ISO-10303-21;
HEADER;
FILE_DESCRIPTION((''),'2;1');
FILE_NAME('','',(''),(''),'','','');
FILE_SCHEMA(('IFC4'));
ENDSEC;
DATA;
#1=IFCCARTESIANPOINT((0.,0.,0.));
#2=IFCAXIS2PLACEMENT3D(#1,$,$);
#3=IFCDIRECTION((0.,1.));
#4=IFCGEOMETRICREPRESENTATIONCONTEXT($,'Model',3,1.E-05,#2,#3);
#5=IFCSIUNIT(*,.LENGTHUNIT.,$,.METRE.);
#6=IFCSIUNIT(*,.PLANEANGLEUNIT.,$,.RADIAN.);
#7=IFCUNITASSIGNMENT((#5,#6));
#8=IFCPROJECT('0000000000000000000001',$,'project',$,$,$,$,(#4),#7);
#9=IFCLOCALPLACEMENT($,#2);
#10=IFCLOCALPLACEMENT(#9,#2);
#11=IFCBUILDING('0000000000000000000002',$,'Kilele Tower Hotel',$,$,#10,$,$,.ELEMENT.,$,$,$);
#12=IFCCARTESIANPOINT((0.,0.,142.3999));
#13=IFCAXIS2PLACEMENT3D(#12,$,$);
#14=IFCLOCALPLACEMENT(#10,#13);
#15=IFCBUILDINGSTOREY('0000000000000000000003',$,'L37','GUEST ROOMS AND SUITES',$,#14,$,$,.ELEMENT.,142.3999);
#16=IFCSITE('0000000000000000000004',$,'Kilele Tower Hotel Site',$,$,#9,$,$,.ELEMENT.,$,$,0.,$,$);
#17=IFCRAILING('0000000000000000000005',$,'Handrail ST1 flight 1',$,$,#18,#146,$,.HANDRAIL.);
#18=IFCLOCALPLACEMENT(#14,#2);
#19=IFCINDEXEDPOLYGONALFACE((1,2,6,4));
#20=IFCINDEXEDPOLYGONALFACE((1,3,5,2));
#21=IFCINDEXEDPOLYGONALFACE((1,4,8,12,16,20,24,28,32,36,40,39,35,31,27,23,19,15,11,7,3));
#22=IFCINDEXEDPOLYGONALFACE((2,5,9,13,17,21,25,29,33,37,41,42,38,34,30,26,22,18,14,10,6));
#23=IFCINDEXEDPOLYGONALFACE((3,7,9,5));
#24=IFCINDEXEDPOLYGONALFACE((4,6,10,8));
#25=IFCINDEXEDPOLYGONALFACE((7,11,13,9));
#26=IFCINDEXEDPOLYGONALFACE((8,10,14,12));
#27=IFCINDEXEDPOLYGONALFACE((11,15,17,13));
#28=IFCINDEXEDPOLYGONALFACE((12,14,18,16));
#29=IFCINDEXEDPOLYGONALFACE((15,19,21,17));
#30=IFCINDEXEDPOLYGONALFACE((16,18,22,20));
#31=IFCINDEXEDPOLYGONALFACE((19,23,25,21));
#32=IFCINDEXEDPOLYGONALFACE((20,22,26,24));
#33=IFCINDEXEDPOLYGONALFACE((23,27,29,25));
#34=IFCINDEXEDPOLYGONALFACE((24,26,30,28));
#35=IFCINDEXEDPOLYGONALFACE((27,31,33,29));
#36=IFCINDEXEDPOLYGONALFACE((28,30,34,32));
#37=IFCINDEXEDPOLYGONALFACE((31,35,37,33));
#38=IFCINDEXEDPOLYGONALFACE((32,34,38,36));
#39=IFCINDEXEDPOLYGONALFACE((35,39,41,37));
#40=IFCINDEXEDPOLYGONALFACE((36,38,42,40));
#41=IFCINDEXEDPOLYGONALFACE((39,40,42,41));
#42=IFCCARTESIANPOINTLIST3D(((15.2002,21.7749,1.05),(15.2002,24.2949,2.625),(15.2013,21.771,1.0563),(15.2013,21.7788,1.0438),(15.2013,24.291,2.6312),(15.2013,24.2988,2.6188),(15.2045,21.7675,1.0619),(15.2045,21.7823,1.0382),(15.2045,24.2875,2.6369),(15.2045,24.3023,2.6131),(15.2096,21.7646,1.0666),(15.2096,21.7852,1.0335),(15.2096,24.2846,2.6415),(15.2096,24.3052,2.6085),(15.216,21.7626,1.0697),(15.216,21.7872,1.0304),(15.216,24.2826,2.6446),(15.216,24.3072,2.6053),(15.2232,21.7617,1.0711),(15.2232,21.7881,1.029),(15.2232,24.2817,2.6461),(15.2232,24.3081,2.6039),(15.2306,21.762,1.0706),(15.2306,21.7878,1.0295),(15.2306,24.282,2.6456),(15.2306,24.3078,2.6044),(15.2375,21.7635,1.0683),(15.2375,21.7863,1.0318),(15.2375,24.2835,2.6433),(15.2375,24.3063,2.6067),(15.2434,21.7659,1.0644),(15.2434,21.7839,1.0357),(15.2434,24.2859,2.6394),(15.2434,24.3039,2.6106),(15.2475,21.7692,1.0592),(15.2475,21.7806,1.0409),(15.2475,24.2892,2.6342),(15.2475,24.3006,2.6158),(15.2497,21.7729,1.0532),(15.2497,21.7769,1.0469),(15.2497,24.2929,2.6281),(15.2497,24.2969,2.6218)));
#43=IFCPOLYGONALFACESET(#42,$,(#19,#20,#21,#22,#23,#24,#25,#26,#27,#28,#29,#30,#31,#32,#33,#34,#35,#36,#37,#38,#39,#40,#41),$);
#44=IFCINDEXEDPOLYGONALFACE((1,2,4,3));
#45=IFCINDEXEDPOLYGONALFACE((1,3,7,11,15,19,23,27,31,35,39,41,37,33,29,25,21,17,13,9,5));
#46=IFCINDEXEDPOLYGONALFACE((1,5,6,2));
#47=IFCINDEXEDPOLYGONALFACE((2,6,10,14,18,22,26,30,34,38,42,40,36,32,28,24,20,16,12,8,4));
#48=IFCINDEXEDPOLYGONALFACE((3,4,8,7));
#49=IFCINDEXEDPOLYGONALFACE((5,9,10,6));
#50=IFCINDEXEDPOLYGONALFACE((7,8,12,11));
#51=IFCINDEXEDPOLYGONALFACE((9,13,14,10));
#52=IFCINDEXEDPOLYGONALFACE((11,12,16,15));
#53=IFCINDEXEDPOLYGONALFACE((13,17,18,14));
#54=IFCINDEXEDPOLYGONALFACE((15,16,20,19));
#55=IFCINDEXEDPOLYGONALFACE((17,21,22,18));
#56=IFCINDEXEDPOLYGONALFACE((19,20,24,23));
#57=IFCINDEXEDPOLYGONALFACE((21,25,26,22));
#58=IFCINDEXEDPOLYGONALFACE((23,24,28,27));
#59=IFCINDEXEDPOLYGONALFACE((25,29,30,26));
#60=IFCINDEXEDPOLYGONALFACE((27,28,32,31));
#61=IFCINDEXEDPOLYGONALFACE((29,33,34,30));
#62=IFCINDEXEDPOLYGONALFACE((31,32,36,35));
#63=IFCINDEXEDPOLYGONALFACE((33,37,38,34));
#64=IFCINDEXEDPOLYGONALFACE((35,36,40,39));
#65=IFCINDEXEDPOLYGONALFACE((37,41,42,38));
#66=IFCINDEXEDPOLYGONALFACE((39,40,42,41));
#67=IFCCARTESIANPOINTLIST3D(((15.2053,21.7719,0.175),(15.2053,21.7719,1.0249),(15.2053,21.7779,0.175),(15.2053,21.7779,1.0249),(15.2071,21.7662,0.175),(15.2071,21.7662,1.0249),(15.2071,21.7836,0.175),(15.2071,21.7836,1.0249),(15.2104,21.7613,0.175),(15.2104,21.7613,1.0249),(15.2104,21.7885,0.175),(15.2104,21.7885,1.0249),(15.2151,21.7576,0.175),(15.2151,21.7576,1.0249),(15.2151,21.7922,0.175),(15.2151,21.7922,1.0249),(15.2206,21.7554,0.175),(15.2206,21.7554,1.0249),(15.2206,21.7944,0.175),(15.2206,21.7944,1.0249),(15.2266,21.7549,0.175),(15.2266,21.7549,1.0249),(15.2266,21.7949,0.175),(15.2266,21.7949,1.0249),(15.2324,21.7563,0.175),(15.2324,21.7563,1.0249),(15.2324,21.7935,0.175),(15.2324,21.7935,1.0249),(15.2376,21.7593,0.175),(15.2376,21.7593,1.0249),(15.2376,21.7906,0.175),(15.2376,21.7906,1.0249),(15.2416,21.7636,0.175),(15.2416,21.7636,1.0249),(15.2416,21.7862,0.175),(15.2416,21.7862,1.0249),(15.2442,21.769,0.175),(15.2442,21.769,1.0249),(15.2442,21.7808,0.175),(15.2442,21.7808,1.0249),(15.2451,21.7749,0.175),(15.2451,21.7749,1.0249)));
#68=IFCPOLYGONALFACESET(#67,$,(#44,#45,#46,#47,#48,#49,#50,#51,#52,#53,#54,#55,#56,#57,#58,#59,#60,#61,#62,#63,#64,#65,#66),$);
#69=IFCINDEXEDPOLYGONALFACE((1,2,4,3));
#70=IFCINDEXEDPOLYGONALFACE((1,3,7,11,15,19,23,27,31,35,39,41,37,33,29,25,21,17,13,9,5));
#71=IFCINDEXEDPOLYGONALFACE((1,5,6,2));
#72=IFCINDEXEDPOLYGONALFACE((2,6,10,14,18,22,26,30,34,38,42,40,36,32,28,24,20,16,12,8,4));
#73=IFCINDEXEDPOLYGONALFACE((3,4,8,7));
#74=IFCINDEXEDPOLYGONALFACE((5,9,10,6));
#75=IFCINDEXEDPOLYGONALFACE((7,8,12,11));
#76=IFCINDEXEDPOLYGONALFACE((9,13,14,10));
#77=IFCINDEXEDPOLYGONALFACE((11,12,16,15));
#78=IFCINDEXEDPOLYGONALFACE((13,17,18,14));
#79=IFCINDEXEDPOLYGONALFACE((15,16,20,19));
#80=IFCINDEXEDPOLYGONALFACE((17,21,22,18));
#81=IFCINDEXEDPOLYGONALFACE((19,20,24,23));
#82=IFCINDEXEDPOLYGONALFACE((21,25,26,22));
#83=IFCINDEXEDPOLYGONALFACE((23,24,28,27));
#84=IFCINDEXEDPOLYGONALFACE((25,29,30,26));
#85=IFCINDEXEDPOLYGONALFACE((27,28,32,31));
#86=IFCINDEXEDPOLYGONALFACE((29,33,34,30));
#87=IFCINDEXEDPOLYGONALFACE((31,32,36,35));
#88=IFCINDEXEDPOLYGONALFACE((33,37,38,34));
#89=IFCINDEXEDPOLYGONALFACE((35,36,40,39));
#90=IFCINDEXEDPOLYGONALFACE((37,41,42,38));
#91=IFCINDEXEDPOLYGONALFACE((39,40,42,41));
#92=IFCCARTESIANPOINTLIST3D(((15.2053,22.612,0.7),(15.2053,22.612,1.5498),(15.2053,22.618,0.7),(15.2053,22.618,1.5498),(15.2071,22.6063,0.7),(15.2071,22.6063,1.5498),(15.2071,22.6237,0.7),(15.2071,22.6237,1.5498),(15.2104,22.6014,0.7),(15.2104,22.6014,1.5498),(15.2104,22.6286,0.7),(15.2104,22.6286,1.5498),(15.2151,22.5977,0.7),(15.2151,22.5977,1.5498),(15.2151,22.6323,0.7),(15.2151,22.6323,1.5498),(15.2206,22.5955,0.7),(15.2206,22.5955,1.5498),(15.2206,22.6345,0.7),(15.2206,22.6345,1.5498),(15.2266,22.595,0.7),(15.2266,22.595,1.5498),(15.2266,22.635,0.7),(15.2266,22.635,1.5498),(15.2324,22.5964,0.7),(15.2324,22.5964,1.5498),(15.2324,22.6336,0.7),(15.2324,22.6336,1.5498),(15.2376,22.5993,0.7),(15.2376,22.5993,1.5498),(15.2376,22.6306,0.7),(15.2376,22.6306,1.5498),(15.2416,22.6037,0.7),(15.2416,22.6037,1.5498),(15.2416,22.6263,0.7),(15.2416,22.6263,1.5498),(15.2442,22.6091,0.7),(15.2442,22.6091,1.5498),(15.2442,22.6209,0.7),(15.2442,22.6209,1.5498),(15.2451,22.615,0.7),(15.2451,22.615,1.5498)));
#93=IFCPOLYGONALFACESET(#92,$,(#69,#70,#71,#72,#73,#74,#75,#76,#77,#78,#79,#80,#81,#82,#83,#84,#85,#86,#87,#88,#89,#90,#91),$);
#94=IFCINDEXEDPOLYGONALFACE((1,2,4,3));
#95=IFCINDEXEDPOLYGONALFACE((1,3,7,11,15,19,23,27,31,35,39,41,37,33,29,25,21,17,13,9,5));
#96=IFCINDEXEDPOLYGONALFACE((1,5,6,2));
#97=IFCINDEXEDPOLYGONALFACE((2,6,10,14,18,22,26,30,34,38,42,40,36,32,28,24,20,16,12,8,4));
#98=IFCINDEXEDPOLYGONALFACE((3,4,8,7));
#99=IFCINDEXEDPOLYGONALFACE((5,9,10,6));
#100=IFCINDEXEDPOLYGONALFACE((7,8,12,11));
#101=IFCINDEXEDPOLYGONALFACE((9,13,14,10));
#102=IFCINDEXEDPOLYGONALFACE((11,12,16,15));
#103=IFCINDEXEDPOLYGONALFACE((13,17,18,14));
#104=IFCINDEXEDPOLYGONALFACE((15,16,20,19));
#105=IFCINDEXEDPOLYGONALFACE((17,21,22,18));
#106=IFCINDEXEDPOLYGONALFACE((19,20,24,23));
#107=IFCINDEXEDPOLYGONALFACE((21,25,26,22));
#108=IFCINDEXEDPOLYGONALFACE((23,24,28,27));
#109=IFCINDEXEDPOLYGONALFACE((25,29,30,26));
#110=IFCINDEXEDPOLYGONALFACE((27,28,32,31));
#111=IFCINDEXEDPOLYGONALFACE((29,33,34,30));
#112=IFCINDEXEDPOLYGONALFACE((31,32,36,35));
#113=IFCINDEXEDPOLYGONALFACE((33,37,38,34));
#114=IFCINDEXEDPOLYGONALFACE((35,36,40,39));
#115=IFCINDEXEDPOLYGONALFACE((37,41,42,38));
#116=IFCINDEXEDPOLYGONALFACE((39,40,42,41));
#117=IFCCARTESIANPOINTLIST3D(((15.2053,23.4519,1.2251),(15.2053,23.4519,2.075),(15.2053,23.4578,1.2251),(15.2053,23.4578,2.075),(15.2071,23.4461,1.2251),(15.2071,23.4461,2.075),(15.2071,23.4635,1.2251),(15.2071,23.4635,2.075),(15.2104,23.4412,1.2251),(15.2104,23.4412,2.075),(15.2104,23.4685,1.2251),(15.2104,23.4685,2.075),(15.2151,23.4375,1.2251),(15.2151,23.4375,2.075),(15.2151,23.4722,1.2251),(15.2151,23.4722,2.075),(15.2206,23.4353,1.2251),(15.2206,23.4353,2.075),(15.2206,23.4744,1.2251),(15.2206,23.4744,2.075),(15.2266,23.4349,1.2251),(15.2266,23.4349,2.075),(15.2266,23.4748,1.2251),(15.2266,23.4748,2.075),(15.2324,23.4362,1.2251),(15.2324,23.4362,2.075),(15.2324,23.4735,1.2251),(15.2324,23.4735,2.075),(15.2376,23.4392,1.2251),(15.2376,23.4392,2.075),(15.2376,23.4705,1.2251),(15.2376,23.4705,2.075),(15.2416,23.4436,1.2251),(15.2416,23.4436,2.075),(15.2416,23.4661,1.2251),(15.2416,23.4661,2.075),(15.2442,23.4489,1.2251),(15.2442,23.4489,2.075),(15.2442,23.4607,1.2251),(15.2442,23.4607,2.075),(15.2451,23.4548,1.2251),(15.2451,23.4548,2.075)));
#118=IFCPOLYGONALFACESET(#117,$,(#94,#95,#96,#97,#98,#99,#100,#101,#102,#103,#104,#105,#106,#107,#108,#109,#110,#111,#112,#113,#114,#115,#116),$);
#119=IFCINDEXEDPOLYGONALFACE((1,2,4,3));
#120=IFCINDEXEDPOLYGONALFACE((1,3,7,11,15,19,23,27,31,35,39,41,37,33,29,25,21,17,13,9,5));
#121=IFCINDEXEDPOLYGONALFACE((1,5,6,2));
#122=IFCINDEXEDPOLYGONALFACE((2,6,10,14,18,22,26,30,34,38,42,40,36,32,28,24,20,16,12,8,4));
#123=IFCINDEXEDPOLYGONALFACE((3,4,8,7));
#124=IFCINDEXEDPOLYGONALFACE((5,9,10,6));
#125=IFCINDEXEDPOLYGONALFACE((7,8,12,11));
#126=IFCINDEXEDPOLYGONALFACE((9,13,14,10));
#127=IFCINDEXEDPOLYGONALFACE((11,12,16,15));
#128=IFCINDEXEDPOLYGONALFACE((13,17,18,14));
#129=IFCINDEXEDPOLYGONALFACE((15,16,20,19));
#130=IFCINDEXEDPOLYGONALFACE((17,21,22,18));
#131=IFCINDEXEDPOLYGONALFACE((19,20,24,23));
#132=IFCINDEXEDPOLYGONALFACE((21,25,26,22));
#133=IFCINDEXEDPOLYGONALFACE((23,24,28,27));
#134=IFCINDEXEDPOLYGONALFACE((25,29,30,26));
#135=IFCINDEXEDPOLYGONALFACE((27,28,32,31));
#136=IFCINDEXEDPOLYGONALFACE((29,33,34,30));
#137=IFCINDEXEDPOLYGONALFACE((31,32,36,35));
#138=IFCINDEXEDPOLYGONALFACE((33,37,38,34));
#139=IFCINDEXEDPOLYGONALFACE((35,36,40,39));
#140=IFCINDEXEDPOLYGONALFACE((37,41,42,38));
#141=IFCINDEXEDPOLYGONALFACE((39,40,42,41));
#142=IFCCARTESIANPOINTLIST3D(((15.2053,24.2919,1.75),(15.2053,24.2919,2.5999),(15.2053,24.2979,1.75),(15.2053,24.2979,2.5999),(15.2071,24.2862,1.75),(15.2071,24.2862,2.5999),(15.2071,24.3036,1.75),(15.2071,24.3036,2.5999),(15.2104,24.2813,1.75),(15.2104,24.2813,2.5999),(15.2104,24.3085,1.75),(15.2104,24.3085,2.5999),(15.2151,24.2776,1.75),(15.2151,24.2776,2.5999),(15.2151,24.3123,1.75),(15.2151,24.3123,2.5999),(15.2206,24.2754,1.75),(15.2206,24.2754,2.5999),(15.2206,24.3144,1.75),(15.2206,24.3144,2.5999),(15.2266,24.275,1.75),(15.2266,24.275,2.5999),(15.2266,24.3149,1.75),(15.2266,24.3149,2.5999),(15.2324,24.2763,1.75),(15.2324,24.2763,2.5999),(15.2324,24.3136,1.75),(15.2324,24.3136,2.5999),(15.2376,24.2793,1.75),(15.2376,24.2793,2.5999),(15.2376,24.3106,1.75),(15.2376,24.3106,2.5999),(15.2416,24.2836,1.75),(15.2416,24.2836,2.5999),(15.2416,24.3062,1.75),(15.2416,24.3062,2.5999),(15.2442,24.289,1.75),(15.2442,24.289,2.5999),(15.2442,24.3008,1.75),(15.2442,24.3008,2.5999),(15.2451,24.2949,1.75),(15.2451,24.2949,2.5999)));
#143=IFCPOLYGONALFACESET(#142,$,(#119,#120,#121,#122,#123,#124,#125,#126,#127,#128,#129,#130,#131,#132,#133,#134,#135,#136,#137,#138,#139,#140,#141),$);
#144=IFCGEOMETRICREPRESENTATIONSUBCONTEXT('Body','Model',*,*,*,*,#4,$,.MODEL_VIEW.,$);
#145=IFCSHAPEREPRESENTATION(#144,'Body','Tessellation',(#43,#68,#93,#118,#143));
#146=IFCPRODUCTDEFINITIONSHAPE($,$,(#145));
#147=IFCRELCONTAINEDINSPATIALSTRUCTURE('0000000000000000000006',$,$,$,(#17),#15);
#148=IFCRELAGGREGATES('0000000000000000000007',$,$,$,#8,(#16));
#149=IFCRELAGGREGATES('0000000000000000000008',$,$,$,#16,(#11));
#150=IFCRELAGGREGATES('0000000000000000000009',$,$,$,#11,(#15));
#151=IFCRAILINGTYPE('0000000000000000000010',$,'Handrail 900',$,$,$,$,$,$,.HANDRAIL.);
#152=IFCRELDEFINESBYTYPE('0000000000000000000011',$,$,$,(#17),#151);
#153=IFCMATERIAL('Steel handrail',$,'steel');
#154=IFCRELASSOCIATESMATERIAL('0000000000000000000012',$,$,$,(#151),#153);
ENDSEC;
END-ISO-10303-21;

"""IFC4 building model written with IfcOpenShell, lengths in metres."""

from ifc_helpers import new_model, si_unit, direction, frame, origin, origin_2d, place, context, subcontext, project, spatial, circle, extrude, material, type_object, element, save


model = new_model("IFC4")

# Units and contexts
model_context = context("Model", 3, precision=1e-05, world=origin(), true_north=direction((0.0, 1.0)))
body_context = subcontext(model_context, "Body", "Model", "MODEL_VIEW")
ifc_project = project(units=[si_unit("LENGTHUNIT", "METRE"), si_unit("PLANEANGLEUNIT", "RADIAN")], contexts=[model_context])

# Site, building, storey
site_placement = place(None, origin())
site = spatial("IfcSite", under=ifc_project, at=site_placement, Name="Kilele Tower Hotel Site", CompositionType="ELEMENT", RefElevation=0.0)
building_placement = place(site_placement, origin())
building = spatial("IfcBuilding", under=site, at=building_placement, Name="Kilele Tower Hotel", CompositionType="ELEMENT")
storey_placement = place(building_placement, frame((0.0, 0.0, 142.3999)))
storey = spatial("IfcBuildingStorey", under=building, at=storey_placement, Name="L37", Description="GUEST ROOMS AND SUITES", CompositionType="ELEMENT", Elevation=142.3999)

# Railing
ifc_material_1 = material(Name="Steel handrail", Category="steel")
railing_type_1 = type_object("IfcRailingType", Name="Handrail 900", PredefinedType="HANDRAIL", material=ifc_material_1)
for number, where, name in (
    (1, (15.2251, 21.7749, 0.175), "Handrail ST1 flight 1"),
):
    element("IfcRailing", number, at=place(storey_placement, frame(where)), inside=storey, type_object=railing_type_1, Name=name, PredefinedType="HANDRAIL", context=body_context, shape_type="SweptSolid", body=[
        extrude(circle(Radius=0.0249, at=origin_2d()), frame((0.0, 0.0, 0.875), z_axis=(0.0, 0.848008, 0.529984), x_axis=(-1.0, 0.0, 0.0)), (0.0, 0.0, 1.0), 2.9717),
        extrude(circle(Radius=0.02, at=origin_2d()), origin(), (0.0, 0.0, 1.0), 0.8499),
        extrude(circle(Radius=0.02, at=origin_2d()), frame((0.0, 0.8401, 0.5249)), (0.0, 0.0, 1.0), 0.8499),
        extrude(circle(Radius=0.02, at=origin_2d()), frame((0.0, 1.6799, 1.05)), (0.0, 0.0, 1.0), 0.8499),
        extrude(circle(Radius=0.02, at=origin_2d()), frame((0.0, 2.52, 1.575)), (0.0, 0.0, 1.0), 0.8499),
    ])

save(model, "model.ifc")
